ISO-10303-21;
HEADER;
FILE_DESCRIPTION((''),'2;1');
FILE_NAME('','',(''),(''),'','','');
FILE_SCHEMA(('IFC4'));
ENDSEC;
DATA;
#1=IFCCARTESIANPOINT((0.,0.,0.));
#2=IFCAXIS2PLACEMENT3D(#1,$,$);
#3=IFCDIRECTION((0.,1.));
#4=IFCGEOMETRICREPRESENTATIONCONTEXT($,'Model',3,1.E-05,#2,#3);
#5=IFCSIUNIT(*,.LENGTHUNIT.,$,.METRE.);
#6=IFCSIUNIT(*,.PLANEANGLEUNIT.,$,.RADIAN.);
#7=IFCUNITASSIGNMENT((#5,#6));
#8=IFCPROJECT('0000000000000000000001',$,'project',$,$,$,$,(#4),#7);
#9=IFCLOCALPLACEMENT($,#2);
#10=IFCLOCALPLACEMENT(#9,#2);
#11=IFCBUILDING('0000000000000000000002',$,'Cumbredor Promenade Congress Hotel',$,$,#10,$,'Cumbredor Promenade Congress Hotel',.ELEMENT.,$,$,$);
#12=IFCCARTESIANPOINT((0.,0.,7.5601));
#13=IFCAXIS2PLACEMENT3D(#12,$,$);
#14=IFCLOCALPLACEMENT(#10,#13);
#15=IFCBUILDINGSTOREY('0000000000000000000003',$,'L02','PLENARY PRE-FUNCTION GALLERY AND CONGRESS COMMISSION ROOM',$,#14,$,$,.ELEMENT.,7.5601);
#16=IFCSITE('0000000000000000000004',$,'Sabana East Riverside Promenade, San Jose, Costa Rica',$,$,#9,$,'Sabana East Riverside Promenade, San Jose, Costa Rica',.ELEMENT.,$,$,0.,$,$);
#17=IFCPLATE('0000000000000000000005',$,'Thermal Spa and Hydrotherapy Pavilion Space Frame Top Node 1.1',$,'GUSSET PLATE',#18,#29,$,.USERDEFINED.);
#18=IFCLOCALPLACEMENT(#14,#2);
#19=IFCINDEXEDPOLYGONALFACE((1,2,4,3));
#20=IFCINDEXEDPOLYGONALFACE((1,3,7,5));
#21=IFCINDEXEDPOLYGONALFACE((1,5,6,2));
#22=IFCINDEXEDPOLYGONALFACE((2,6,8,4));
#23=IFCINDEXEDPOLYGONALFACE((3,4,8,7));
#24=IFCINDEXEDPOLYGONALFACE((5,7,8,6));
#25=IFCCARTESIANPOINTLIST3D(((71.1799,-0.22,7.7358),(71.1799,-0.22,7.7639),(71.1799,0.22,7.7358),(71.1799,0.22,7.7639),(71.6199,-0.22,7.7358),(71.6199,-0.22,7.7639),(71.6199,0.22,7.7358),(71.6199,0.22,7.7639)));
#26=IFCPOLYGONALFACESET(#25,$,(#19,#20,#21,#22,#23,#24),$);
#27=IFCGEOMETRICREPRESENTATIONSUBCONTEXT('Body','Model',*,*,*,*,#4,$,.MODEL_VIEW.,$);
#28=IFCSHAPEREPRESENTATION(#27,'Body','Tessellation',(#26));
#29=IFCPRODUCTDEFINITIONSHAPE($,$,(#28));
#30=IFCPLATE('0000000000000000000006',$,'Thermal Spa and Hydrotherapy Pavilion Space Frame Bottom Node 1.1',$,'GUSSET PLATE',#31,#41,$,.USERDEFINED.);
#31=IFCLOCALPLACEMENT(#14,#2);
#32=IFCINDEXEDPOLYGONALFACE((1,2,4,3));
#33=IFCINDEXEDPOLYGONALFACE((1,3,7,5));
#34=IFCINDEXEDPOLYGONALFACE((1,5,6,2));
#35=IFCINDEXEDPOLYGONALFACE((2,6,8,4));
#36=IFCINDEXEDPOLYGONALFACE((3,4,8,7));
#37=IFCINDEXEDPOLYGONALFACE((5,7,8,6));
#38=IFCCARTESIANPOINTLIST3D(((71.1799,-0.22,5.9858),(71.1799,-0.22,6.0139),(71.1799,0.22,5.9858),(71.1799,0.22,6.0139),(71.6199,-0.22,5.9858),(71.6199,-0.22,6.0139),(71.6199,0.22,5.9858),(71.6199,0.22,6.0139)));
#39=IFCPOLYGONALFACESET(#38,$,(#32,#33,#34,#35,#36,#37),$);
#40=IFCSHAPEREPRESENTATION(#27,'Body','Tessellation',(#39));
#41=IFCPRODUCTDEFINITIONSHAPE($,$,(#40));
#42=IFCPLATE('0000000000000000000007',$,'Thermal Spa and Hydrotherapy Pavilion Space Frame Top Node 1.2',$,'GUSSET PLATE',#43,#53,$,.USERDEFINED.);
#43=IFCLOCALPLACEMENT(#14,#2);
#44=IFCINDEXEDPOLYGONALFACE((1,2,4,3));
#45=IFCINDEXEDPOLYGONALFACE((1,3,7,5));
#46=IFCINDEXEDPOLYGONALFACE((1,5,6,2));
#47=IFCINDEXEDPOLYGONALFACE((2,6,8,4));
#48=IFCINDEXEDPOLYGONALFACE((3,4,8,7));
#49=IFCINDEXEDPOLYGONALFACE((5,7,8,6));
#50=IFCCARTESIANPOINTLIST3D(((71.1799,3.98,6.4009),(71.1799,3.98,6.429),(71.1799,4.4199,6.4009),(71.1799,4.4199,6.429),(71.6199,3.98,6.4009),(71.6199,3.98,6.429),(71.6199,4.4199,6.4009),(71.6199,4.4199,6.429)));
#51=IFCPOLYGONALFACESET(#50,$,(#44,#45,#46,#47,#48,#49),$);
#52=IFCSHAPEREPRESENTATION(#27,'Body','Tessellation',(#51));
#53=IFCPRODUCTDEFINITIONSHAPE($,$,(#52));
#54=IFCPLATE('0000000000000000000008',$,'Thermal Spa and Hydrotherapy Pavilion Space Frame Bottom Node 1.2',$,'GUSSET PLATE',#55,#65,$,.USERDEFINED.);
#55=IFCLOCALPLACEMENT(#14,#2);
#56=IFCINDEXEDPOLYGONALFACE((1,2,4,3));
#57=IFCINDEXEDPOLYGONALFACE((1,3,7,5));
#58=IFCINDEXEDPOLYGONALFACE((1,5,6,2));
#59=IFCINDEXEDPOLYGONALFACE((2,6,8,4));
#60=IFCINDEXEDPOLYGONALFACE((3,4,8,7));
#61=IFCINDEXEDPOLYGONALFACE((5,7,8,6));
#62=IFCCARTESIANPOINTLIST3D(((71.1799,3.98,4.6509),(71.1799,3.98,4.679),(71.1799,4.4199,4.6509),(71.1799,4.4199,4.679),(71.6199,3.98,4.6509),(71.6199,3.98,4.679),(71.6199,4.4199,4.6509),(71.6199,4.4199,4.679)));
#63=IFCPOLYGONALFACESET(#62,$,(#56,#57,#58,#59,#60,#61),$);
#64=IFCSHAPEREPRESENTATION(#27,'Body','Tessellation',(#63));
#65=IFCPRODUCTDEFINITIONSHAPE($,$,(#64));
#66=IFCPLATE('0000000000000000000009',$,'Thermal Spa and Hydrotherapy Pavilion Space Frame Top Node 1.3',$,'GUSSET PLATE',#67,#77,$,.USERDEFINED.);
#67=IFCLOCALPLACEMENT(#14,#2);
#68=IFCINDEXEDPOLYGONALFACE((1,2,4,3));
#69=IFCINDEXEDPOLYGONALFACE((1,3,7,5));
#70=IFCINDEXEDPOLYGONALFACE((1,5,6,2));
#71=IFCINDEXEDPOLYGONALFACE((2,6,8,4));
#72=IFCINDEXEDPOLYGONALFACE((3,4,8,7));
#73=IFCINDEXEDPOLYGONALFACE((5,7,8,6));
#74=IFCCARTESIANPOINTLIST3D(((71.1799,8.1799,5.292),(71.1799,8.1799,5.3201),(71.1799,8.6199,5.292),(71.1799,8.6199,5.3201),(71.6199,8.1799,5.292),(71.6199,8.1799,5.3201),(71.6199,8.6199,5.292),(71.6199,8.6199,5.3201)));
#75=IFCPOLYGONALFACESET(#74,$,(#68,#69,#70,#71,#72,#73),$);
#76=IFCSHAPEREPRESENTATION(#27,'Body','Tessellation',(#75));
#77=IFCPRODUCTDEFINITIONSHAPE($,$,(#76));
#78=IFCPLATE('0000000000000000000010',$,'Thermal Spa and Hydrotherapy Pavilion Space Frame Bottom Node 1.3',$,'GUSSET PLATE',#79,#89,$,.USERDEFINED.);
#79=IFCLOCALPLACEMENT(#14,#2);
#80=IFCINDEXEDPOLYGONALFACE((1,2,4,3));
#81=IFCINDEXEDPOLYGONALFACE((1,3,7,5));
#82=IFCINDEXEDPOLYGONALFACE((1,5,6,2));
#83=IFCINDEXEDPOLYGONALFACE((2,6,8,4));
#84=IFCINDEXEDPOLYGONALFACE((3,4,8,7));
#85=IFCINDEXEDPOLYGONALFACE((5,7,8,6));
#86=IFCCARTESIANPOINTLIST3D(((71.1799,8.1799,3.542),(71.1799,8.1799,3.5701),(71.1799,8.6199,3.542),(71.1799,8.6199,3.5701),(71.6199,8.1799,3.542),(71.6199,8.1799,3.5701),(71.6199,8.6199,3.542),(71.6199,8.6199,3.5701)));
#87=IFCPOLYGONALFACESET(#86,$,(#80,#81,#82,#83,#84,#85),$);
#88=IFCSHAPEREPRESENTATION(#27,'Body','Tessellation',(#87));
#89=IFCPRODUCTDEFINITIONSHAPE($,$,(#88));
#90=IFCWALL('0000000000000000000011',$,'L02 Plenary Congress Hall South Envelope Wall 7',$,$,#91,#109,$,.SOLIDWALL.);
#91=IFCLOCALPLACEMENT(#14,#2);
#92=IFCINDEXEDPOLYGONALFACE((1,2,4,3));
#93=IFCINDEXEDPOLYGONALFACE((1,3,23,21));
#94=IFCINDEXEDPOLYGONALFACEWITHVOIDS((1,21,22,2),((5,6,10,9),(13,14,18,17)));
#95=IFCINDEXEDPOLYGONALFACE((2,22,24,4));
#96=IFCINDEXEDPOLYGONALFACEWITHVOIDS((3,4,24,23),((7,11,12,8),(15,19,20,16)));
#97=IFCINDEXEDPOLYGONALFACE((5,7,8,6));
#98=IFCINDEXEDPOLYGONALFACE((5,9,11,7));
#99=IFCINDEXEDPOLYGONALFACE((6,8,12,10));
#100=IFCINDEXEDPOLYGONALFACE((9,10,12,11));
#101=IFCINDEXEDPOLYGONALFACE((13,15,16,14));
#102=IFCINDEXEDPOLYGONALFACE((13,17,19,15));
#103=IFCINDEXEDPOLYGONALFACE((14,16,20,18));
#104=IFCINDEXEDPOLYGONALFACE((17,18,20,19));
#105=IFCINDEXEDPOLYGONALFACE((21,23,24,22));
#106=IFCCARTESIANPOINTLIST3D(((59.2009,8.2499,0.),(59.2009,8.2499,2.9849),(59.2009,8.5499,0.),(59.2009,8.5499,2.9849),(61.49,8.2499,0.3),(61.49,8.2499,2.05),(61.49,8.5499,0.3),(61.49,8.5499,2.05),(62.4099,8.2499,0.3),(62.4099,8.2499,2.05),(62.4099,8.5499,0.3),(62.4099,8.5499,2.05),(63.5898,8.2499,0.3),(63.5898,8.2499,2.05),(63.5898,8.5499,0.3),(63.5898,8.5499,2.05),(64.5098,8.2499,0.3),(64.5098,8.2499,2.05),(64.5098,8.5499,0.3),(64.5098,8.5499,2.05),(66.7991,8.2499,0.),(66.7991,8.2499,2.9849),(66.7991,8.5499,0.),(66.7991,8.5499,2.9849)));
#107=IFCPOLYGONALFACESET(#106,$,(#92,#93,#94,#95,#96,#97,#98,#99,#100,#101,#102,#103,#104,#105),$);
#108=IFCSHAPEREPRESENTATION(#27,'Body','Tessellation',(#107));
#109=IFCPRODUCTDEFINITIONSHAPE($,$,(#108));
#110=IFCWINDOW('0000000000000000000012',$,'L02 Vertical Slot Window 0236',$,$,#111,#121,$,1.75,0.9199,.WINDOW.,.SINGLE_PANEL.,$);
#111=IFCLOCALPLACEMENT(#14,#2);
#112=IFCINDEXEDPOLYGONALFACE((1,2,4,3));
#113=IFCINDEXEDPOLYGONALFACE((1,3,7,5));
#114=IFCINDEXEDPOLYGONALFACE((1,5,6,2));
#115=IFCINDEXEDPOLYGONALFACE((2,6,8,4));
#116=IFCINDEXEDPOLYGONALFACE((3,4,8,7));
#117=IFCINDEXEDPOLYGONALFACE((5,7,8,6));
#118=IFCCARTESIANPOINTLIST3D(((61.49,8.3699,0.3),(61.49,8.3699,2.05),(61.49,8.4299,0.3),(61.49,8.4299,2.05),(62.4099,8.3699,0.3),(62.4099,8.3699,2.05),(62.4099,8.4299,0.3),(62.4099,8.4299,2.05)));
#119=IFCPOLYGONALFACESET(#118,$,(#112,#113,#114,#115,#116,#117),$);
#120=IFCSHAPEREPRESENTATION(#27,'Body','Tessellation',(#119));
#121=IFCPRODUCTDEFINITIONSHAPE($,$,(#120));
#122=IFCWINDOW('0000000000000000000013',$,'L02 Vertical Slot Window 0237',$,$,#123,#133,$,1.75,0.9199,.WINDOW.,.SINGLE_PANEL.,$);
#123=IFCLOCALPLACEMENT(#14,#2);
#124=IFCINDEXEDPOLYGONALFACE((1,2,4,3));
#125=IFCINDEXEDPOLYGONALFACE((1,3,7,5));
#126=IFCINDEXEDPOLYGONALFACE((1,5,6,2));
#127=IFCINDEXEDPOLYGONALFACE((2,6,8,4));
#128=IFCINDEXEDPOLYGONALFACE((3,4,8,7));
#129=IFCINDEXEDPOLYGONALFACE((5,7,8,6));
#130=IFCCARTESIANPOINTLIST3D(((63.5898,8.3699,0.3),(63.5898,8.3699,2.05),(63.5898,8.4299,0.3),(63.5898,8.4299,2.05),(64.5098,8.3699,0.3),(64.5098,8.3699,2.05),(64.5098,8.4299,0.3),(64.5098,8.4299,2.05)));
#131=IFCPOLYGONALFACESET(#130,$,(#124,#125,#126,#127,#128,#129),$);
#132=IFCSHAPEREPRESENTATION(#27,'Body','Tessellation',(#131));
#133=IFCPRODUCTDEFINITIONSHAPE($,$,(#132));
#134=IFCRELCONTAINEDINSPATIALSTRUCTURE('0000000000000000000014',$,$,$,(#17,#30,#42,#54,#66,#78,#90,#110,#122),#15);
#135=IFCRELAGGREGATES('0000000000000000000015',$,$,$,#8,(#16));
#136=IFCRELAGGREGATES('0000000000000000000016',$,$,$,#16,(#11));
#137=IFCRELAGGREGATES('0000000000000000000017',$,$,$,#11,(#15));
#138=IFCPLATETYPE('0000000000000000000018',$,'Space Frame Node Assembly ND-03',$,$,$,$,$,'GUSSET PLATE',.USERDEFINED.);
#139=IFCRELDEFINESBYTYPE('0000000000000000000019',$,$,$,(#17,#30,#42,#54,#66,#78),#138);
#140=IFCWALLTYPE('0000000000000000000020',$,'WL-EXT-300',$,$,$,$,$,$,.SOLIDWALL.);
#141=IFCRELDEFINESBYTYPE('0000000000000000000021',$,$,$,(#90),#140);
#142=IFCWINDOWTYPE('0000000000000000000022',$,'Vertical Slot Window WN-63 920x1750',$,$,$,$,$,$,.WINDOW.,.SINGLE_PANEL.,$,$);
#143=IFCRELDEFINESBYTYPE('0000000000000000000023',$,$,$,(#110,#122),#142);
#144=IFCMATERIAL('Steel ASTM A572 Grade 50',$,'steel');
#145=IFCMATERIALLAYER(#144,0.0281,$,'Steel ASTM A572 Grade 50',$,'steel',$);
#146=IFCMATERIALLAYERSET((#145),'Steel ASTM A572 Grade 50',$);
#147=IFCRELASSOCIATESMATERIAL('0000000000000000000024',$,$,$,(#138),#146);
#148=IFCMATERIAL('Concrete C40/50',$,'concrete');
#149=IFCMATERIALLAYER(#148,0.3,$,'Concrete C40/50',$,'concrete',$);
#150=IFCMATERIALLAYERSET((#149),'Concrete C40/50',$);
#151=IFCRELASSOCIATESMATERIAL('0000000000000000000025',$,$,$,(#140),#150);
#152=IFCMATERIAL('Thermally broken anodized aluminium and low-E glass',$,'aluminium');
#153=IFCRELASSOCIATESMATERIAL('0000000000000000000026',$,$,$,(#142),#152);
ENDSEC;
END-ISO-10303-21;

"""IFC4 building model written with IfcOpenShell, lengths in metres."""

from ifc_helpers import new_model, si_unit, direction, frame, frame_2d, origin, origin_2d, place, context, subcontext, project, spatial, rectangle, extrude, material, layer, layer_set, type_object, element, fill, save


model = new_model("IFC4")

# Units and contexts
model_context = context("Model", 3, precision=1e-05, world=origin(), true_north=direction((0.0, 1.0)))
body_context = subcontext(model_context, "Body", "Model", "MODEL_VIEW")
ifc_project = project(units=[si_unit("LENGTHUNIT", "METRE"), si_unit("PLANEANGLEUNIT", "RADIAN")], contexts=[model_context])

# Site, building, storey
site_placement = place(None, origin())
site = spatial("IfcSite", under=ifc_project, at=site_placement, Name="Sabana East Riverside Promenade, San Jose, Costa Rica", LongName="Sabana East Riverside Promenade, San Jose, Costa Rica", CompositionType="ELEMENT", RefElevation=0.0)
building_placement = place(site_placement, origin())
building = spatial("IfcBuilding", under=site, at=building_placement, Name="Cumbredor Promenade Congress Hotel", LongName="Cumbredor Promenade Congress Hotel", CompositionType="ELEMENT")
storey_placement = place(building_placement, frame((0.0, 0.0, 7.5601)))
storey = spatial("IfcBuildingStorey", under=building, at=storey_placement, Name="L02", Description="PLENARY PRE-FUNCTION GALLERY AND CONGRESS COMMISSION ROOM", CompositionType="ELEMENT", Elevation=7.5601)

# Shared definitions
ifc_material_1 = material(Name="Thermally broken anodized aluminium and low-E glass", Category="aluminium")

# Shared definitions
ifc_material_2 = material(Name="Concrete C40/50", Category="concrete")

# Plates
ifc_material_3 = material(Name="Steel ASTM A572 Grade 50", Category="steel")
ifc_layer_1 = layer(ifc_material_3, 0.0281, Name="Steel ASTM A572 Grade 50", Category="steel")
ifc_layer_set_1 = layer_set([ifc_layer_1], Name="Steel ASTM A572 Grade 50")
plate_type_1 = type_object("IfcPlateType", Name="Space Frame Node Assembly ND-03", ElementType="GUSSET PLATE", PredefinedType="USERDEFINED", material=ifc_layer_set_1)
for number, where, z_axis, x_axis, name in (
    (1, (71.3999, 0.0, 7.7358), (0.0, 0.0, 1.0), (1.0, 0.0, 0.0), "Thermal Spa and Hydrotherapy Pavilion Space Frame Top Node 1.1"),
    (2, (71.3999, 0.0, 5.9858), (0.0, 0.0, 1.0), (1.0, 0.0, 0.0), "Thermal Spa and Hydrotherapy Pavilion Space Frame Bottom Node 1.1"),
    (3, (71.3999, 4.2, 6.4009), (0.0, 0.0, 1.0), (1.0, 0.0, 0.0), "Thermal Spa and Hydrotherapy Pavilion Space Frame Top Node 1.2"),
    (4, (71.3999, 4.2, 4.6509), (0.0, 0.0, 1.0), (1.0, 0.0, 0.0), "Thermal Spa and Hydrotherapy Pavilion Space Frame Bottom Node 1.2"),
    (5, (71.3999, 8.3999, 5.292), (0.0, 0.0, 1.0), (1.0, 0.0, 0.0), "Thermal Spa and Hydrotherapy Pavilion Space Frame Top Node 1.3"),
    (6, (71.3999, 8.3999, 3.542), (0.0, 0.0, 1.0), (1.0, 0.0, 0.0), "Thermal Spa and Hydrotherapy Pavilion Space Frame Bottom Node 1.3"),
):
    element("IfcPlate", number, at=place(storey_placement, frame(where, z_axis=z_axis, x_axis=x_axis)), inside=storey, type_object=plate_type_1, Name=name, ObjectType="GUSSET PLATE", PredefinedType="USERDEFINED", context=body_context, shape_type="SweptSolid", body=[
        extrude(rectangle(XDim=0.4399, YDim=0.4399, at=origin_2d()), origin(), (0.0, 0.0, 1.0), 0.0281),
    ])

# Wall, openings, windows
ifc_layer_2 = layer(ifc_material_2, 0.3, Name="Concrete C40/50", Category="concrete")
ifc_layer_set_2 = layer_set([ifc_layer_2], Name="Concrete C40/50")
wall_type = type_object("IfcWallType", Name="WL-EXT-300", PredefinedType="SOLIDWALL", material=ifc_layer_set_2)
wall_placement = place(storey_placement, frame((59.2009, 8.3999, 0.0), z_axis=(0.0, 0.0, 1.0), x_axis=(1.0, 0.0, 0.0)))
wall = element("IfcWall", 7, at=wall_placement, inside=storey, type_object=wall_type, Name="L02 Plenary Congress Hall South Envelope Wall 7", PredefinedType="SOLIDWALL", context=body_context, shape_type="SweptSolid", body=[
    extrude(rectangle(XDim=7.5981, YDim=0.3, at=frame_2d((3.7991, 0.0))), origin(), (0.0, 0.0, 1.0), 2.9849),
])
opening_1_placement = place(wall_placement, frame((2.2891, 0.0, 0.3)))
opening_1 = element("IfcOpeningElement", 8, at=opening_1_placement, cuts=wall, PredefinedType="OPENING", context=body_context, shape_type="SweptSolid", body=[
    extrude(rectangle(XDim=0.9199, YDim=1.75, at=frame_2d((0.46, 0.875))), frame((0.0, 0.1602, 0.0), z_axis=(0.0, -1.0, 0.0), x_axis=(1.0, 0.0, 0.0)), (0.0, 0.0, 1.0), 0.3201),
])
opening_2_placement = place(wall_placement, frame((4.3889, 0.0, 0.3)))
opening_2 = element("IfcOpeningElement", 9, at=opening_2_placement, cuts=wall, PredefinedType="OPENING", context=body_context, shape_type="SweptSolid", body=[
    extrude(rectangle(XDim=0.9199, YDim=1.75, at=frame_2d((0.46, 0.875))), frame((0.0, 0.1602, 0.0), z_axis=(0.0, -1.0, 0.0), x_axis=(1.0, 0.0, 0.0)), (0.0, 0.0, 1.0), 0.3201),
])
window_type = type_object("IfcWindowType", Name="Vertical Slot Window WN-63 920x1750", PartitioningType="SINGLE_PANEL", PredefinedType="WINDOW", material=ifc_material_1)
window_1_placement = place(opening_1_placement, origin())
window_1 = element("IfcWindow", 10, at=window_1_placement, inside=storey, type_object=window_type, Name="L02 Vertical Slot Window 0236", OverallHeight=1.75, OverallWidth=0.9199, PartitioningType="SINGLE_PANEL", PredefinedType="WINDOW", context=body_context, shape_type="SweptSolid", body=[
    extrude(rectangle(XDim=0.9199, YDim=1.75, at=frame_2d((0.46, 0.875))), frame((0.0, 0.03, 0.0), z_axis=(0.0, -1.0, 0.0), x_axis=(1.0, 0.0, 0.0)), (0.0, 0.0, 1.0), 0.0601),
])
fill(opening_1, window_1)
window_2_placement = place(opening_2_placement, origin())
window_2 = element("IfcWindow", 11, at=window_2_placement, inside=storey, type_object=window_type, Name="L02 Vertical Slot Window 0237", OverallHeight=1.75, OverallWidth=0.9199, PartitioningType="SINGLE_PANEL", PredefinedType="WINDOW", context=body_context, shape_type="SweptSolid", body=[
    extrude(rectangle(XDim=0.9199, YDim=1.75, at=frame_2d((0.46, 0.875))), frame((0.0, 0.03, 0.0), z_axis=(0.0, -1.0, 0.0), x_axis=(1.0, 0.0, 0.0)), (0.0, 0.0, 1.0), 0.0601),
])
fill(opening_2, window_2)

save(model, "model.ifc")
